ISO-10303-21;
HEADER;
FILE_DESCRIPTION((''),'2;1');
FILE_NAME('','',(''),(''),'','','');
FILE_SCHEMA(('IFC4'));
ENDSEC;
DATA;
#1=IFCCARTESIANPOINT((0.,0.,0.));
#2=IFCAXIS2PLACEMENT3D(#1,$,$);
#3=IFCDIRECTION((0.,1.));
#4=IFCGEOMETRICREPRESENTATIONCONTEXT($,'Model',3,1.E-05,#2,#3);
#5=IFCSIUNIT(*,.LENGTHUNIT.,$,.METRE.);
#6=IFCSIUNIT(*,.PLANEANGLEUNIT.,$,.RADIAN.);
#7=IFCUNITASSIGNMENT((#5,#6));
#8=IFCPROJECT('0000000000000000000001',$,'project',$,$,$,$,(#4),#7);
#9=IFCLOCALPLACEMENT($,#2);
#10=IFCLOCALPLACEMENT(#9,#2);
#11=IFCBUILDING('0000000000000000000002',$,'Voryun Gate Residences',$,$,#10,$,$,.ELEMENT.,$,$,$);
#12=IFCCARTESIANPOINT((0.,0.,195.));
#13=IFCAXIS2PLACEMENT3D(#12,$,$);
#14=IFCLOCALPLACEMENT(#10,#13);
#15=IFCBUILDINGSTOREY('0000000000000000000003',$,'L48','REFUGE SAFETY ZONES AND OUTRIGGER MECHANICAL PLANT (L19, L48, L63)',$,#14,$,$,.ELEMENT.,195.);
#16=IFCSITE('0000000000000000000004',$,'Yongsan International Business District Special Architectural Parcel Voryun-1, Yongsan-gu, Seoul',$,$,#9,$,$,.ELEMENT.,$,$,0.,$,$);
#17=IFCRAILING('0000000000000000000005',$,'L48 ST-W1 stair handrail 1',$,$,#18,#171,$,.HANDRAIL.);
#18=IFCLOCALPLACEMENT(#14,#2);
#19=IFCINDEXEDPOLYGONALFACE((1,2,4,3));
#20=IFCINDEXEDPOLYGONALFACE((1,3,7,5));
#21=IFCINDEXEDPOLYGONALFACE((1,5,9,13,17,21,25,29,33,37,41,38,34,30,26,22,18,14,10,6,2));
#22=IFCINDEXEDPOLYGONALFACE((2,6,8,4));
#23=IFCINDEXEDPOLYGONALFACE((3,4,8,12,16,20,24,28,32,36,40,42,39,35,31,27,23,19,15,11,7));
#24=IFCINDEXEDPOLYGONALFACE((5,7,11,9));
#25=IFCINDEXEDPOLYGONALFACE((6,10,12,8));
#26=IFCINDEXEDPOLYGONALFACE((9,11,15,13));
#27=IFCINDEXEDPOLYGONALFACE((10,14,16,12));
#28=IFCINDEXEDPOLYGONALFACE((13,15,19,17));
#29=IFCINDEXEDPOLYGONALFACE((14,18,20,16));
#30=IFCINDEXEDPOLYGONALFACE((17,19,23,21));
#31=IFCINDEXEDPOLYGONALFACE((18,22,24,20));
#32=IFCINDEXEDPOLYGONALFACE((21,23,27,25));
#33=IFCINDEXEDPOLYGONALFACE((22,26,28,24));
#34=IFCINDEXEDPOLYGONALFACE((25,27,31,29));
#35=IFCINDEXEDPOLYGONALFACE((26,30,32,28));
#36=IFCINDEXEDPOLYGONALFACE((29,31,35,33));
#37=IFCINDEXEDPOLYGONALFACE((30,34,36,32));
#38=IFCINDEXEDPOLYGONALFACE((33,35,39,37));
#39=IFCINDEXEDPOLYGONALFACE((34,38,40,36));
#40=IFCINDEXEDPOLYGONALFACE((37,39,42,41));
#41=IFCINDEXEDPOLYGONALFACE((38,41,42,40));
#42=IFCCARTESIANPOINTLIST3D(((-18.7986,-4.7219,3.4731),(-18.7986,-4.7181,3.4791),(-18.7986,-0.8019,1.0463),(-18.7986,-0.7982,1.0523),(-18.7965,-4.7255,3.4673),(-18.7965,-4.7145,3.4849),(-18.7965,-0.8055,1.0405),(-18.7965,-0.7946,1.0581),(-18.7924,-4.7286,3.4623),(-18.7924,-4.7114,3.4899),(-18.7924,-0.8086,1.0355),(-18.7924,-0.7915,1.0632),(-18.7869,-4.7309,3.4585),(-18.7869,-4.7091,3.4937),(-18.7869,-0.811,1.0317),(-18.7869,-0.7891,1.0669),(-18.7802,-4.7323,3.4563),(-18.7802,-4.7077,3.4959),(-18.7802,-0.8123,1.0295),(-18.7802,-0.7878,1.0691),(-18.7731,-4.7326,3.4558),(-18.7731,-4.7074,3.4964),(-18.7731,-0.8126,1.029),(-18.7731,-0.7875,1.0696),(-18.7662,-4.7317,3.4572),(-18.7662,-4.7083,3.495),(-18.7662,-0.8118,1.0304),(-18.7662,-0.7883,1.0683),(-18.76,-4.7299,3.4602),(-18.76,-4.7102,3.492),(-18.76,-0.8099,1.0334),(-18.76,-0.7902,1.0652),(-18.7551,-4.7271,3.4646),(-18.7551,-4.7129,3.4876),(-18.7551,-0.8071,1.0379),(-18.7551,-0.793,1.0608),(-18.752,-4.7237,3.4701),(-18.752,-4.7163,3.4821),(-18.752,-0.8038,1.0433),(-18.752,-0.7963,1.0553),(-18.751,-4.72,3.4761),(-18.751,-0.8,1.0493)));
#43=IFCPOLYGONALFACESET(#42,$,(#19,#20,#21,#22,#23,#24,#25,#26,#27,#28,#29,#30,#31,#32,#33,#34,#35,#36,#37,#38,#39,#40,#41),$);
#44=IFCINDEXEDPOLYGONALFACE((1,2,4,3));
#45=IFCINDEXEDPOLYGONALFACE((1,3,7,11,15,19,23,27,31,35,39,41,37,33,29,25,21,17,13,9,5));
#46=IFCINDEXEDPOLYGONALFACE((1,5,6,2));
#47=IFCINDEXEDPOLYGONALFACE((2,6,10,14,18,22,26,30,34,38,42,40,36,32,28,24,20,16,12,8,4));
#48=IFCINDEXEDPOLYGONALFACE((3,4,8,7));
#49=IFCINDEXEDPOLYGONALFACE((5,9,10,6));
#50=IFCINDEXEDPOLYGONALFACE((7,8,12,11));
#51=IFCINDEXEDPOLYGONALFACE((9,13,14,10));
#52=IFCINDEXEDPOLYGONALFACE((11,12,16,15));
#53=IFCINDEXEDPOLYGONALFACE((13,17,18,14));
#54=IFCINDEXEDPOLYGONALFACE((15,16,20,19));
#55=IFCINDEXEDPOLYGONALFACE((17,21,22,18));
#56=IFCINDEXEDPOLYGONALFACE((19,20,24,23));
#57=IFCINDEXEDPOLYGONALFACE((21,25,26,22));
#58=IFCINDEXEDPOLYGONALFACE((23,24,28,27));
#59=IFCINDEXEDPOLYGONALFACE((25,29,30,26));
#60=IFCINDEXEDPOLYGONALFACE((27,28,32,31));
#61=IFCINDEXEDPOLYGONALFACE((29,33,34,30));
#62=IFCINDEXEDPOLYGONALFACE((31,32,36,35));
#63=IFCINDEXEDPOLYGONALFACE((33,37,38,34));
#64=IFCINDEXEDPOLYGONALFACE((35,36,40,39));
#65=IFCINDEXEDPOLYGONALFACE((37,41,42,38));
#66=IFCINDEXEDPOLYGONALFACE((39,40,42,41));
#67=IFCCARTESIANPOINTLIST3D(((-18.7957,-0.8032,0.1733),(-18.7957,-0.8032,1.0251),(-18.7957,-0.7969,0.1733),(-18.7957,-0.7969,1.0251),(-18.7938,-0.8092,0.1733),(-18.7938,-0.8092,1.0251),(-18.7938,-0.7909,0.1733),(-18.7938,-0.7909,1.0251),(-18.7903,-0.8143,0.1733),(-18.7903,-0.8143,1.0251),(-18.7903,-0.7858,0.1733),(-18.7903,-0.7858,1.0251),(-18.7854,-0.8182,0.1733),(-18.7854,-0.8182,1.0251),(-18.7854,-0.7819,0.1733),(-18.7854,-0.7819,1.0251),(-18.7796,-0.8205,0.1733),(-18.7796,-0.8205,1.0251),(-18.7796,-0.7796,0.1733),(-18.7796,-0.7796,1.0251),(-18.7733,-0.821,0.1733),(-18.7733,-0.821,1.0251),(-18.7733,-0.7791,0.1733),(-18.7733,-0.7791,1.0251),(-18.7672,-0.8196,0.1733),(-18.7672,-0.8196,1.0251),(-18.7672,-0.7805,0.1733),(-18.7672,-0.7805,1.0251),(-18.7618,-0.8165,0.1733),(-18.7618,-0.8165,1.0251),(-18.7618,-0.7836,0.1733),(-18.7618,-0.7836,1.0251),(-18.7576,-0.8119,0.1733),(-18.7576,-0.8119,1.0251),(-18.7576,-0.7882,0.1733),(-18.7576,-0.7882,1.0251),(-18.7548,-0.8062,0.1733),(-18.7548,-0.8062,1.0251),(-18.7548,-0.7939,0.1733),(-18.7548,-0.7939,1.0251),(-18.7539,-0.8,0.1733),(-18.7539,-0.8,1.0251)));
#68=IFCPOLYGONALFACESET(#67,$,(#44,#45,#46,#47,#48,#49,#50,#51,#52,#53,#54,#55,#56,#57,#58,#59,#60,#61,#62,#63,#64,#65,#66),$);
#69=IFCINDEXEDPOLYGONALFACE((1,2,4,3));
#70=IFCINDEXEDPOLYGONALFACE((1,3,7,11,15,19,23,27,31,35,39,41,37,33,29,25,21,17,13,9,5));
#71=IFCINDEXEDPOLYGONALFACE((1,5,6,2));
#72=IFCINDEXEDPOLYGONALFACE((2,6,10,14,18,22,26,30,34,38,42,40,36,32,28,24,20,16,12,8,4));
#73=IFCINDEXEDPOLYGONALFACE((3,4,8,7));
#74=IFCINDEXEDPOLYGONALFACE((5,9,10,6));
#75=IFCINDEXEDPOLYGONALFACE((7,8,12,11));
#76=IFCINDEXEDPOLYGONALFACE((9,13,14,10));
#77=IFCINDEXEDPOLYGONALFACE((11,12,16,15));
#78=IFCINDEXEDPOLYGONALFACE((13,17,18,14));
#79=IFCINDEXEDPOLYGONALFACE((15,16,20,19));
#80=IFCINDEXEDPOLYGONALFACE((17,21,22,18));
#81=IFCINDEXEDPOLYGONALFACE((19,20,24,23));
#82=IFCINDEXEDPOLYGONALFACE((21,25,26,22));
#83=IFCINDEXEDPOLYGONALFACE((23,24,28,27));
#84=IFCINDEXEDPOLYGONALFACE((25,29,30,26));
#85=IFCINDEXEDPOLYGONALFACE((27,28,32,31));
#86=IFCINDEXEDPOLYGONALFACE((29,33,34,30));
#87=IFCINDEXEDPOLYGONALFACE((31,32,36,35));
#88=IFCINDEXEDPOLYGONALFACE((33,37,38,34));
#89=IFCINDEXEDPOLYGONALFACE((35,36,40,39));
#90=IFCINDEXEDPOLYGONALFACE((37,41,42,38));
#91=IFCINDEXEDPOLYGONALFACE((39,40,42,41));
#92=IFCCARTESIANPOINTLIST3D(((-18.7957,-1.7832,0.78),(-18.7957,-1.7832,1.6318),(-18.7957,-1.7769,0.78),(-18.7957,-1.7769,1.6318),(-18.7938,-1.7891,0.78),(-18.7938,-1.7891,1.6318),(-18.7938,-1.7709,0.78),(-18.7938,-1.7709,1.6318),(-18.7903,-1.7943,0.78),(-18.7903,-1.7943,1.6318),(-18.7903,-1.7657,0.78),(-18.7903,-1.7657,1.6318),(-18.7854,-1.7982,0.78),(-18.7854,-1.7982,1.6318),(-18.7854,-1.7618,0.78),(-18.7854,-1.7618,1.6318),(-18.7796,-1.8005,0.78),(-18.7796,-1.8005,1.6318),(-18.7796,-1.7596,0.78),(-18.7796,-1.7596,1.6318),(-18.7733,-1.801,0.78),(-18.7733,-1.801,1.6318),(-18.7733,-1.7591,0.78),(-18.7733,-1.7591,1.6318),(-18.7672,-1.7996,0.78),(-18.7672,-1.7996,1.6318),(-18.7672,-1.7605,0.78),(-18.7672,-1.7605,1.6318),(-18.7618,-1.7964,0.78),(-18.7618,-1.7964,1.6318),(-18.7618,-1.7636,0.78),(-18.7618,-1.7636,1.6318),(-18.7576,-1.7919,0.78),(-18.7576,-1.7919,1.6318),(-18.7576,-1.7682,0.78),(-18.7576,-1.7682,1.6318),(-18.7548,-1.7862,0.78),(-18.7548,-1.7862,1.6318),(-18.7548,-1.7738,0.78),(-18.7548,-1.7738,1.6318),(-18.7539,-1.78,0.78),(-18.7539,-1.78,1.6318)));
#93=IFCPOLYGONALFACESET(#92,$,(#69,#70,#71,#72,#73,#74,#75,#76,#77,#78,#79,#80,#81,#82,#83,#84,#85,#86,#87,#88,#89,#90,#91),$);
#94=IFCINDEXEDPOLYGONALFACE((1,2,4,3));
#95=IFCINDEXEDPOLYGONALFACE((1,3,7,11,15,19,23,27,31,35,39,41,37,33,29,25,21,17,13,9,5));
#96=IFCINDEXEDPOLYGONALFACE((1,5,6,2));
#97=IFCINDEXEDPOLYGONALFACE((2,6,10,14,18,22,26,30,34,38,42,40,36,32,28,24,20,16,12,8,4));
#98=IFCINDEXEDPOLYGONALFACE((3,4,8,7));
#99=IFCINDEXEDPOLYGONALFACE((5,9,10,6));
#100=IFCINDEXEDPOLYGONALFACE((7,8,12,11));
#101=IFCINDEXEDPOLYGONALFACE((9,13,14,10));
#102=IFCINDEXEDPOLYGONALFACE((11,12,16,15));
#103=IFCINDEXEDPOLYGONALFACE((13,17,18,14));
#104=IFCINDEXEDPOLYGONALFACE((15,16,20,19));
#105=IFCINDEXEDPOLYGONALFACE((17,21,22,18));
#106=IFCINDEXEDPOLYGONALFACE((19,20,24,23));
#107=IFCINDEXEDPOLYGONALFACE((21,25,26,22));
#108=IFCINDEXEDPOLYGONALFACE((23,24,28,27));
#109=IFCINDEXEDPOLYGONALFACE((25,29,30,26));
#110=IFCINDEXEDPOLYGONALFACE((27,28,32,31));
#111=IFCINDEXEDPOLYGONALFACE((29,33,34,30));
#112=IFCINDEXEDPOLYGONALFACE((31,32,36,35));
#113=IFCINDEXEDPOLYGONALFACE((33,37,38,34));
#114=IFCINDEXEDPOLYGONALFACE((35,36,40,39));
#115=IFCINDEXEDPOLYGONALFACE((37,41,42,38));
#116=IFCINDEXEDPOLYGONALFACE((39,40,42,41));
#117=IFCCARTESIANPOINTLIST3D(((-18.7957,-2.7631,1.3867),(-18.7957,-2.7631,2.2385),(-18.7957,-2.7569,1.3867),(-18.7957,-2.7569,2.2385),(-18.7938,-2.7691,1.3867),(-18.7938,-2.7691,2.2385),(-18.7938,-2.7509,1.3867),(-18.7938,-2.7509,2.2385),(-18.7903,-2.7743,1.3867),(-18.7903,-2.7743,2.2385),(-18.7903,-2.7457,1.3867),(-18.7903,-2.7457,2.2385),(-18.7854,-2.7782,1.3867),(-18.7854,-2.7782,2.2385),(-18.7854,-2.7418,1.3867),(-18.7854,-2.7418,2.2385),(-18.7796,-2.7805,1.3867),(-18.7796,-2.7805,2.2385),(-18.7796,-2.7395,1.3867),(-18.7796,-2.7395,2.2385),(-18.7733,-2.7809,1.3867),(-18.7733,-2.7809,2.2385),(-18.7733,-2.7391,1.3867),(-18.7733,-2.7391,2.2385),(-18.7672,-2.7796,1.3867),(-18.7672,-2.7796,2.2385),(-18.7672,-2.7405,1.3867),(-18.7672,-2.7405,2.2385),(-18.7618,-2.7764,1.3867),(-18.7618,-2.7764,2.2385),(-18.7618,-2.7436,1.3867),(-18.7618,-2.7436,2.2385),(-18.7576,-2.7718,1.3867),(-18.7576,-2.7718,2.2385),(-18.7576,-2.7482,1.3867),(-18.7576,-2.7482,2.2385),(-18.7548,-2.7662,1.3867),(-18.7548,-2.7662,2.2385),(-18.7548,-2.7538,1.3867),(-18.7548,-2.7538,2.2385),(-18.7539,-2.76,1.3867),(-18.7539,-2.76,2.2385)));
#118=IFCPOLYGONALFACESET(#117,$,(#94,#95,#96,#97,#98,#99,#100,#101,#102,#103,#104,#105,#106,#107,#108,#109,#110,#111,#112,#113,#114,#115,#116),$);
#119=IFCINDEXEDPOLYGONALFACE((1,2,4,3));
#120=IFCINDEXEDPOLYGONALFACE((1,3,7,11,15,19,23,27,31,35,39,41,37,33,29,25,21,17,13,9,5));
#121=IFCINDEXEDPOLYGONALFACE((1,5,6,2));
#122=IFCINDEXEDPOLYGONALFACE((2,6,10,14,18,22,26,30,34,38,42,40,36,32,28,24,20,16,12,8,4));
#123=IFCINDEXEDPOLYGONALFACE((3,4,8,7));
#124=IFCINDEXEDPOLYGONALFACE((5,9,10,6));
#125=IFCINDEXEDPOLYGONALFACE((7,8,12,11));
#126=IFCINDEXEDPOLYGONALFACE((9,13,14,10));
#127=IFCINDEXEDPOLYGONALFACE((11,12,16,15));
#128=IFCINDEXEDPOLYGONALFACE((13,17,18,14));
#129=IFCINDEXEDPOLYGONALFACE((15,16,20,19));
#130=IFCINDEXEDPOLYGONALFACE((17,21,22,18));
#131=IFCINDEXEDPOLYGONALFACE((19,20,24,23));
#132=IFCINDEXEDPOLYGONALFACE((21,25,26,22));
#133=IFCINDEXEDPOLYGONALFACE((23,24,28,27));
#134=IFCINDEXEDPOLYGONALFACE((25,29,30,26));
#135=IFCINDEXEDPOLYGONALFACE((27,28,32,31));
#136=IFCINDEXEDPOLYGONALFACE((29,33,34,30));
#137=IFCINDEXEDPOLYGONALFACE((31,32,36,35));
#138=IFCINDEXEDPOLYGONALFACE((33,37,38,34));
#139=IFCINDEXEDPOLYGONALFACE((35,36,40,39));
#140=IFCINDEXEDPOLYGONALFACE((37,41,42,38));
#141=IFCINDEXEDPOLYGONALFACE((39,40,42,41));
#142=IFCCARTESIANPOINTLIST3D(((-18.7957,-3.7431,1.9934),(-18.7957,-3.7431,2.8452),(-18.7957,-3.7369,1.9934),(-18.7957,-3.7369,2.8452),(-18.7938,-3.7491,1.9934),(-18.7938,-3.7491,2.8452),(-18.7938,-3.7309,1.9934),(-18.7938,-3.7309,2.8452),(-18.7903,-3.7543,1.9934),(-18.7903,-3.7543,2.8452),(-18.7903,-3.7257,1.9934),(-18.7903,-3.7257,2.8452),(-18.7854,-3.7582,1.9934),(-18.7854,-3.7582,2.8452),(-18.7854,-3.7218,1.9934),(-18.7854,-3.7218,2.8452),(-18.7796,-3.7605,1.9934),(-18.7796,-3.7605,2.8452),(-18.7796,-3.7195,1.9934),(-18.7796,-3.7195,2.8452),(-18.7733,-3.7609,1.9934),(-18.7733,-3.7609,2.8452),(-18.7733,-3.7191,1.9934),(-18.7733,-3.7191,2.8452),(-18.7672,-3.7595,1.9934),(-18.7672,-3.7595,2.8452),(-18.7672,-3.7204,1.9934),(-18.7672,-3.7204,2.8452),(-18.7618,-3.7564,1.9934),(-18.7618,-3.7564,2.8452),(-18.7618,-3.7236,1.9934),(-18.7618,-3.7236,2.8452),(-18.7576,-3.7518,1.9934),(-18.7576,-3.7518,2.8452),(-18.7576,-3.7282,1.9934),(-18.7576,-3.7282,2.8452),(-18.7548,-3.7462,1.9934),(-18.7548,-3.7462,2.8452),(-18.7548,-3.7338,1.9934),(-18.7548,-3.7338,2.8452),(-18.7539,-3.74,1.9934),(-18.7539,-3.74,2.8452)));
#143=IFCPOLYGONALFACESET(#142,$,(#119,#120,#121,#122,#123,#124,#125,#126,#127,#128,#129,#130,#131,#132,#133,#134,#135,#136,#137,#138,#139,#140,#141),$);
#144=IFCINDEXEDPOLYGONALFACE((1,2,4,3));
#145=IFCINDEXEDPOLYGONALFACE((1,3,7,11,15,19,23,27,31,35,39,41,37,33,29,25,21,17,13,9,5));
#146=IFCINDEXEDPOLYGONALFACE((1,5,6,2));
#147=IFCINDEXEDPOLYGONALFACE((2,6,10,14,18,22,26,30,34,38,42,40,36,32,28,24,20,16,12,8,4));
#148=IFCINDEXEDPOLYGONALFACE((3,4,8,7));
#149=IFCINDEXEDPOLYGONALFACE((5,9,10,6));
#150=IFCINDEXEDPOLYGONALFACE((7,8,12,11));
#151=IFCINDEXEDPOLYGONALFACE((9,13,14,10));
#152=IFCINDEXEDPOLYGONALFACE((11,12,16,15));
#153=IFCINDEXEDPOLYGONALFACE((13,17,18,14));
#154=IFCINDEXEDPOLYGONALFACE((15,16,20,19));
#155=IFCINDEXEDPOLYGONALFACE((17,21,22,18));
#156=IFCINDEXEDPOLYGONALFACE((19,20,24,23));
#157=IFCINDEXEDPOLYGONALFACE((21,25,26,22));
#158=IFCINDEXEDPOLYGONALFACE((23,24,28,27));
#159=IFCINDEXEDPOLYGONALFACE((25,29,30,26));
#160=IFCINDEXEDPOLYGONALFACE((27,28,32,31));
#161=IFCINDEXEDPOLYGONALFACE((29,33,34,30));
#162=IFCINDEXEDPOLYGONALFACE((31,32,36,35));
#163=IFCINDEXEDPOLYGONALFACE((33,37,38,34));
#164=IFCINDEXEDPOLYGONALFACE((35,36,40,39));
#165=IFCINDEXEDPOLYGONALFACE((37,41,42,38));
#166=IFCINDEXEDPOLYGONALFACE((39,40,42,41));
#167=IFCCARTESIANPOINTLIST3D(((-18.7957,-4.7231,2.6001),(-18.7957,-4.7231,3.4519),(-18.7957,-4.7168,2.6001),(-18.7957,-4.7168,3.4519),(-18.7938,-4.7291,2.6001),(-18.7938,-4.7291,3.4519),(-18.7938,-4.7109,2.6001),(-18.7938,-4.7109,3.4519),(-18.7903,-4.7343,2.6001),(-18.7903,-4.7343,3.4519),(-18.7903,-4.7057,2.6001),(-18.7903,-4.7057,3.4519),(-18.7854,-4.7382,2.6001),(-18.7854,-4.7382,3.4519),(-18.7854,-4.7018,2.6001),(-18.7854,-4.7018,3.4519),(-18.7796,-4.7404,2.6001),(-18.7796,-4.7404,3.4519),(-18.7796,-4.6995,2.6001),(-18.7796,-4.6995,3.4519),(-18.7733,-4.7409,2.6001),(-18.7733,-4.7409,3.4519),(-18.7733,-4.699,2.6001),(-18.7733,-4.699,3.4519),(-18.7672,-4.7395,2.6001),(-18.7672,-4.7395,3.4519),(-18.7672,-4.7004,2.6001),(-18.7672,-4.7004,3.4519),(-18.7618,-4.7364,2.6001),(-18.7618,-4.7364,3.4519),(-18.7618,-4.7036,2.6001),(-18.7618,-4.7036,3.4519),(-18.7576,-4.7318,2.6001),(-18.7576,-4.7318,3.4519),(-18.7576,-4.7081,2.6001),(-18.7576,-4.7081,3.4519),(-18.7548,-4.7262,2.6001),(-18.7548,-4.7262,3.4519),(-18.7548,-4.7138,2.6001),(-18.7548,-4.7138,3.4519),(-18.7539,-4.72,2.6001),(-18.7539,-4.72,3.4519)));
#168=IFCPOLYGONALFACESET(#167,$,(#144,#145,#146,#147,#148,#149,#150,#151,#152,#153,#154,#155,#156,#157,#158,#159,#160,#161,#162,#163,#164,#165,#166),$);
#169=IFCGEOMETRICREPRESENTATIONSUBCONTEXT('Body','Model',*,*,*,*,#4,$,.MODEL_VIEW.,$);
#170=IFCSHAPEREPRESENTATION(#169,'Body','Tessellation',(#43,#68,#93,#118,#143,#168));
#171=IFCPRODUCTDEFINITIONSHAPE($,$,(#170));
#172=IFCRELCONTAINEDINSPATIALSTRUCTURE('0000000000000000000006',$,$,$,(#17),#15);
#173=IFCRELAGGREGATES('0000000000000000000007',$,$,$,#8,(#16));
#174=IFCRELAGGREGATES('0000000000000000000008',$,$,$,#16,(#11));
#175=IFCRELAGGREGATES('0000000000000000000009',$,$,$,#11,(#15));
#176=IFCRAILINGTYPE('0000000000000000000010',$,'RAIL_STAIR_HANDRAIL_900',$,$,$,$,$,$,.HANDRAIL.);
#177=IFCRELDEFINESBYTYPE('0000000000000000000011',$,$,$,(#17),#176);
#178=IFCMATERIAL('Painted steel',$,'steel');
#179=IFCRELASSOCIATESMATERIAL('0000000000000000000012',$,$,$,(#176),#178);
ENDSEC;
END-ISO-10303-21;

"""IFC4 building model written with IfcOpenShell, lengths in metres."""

from ifc_helpers import new_model, si_unit, direction, frame, origin, origin_2d, place, context, subcontext, project, spatial, circle, extrude, material, type_object, element, save


model = new_model("IFC4")

# Units and contexts
model_context = context("Model", 3, precision=1e-05, world=origin(), true_north=direction((0.0, 1.0)))
body_context = subcontext(model_context, "Body", "Model", "MODEL_VIEW")
ifc_project = project(units=[si_unit("LENGTHUNIT", "METRE"), si_unit("PLANEANGLEUNIT", "RADIAN")], contexts=[model_context])

# Site, building, storey
site_placement = place(None, origin())
site = spatial("IfcSite", under=ifc_project, at=site_placement, Name="Yongsan International Business District Special Architectural Parcel Voryun-1, Yongsan-gu, Seoul", CompositionType="ELEMENT", RefElevation=0.0)
building_placement = place(site_placement, origin())
building = spatial("IfcBuilding", under=site, at=building_placement, Name="Voryun Gate Residences", CompositionType="ELEMENT")
storey_placement = place(building_placement, frame((0.0, 0.0, 195.0)))
storey = spatial("IfcBuildingStorey", under=building, at=storey_placement, Name="L48", Description="REFUGE SAFETY ZONES AND OUTRIGGER MECHANICAL PLANT (L19, L48, L63)", CompositionType="ELEMENT", Elevation=195.0)

# Railing
ifc_material_1 = material(Name="Painted steel", Category="steel")
railing_type_1 = type_object("IfcRailingType", Name="RAIL_STAIR_HANDRAIL_900", PredefinedType="HANDRAIL", material=ifc_material_1)
railing_1_placement = place(storey_placement, frame((-18.7749, -0.8, 0.1733)))
element("IfcRailing", 1, at=railing_1_placement, inside=storey, type_object=railing_type_1, Name="L48 ST-W1 stair handrail 1", PredefinedType="HANDRAIL", context=body_context, shape_type="SweptSolid", body=[
    extrude(circle(Radius=0.0239, at=origin_2d()), frame((0.0, 0.0, 0.876), z_axis=(0.0, -0.850252, 0.526376), x_axis=(1.0, 0.0, 0.0)), (0.0, 0.0, 1.0), 4.6104),
    extrude(circle(Radius=0.021, at=origin_2d()), origin(), (0.0, 0.0, 1.0), 0.8518),
    extrude(circle(Radius=0.021, at=origin_2d()), frame((0.0, -0.98, 0.6067)), (0.0, 0.0, 1.0), 0.8518),
    extrude(circle(Radius=0.021, at=origin_2d()), frame((0.0, -1.96, 1.2134)), (0.0, 0.0, 1.0), 0.8518),
    extrude(circle(Radius=0.021, at=origin_2d()), frame((0.0, -2.9399, 1.8201)), (0.0, 0.0, 1.0), 0.8518),
    extrude(circle(Radius=0.021, at=origin_2d()), frame((0.0, -3.9199, 2.4268)), (0.0, 0.0, 1.0), 0.8518),
])

save(model, "model.ifc")
